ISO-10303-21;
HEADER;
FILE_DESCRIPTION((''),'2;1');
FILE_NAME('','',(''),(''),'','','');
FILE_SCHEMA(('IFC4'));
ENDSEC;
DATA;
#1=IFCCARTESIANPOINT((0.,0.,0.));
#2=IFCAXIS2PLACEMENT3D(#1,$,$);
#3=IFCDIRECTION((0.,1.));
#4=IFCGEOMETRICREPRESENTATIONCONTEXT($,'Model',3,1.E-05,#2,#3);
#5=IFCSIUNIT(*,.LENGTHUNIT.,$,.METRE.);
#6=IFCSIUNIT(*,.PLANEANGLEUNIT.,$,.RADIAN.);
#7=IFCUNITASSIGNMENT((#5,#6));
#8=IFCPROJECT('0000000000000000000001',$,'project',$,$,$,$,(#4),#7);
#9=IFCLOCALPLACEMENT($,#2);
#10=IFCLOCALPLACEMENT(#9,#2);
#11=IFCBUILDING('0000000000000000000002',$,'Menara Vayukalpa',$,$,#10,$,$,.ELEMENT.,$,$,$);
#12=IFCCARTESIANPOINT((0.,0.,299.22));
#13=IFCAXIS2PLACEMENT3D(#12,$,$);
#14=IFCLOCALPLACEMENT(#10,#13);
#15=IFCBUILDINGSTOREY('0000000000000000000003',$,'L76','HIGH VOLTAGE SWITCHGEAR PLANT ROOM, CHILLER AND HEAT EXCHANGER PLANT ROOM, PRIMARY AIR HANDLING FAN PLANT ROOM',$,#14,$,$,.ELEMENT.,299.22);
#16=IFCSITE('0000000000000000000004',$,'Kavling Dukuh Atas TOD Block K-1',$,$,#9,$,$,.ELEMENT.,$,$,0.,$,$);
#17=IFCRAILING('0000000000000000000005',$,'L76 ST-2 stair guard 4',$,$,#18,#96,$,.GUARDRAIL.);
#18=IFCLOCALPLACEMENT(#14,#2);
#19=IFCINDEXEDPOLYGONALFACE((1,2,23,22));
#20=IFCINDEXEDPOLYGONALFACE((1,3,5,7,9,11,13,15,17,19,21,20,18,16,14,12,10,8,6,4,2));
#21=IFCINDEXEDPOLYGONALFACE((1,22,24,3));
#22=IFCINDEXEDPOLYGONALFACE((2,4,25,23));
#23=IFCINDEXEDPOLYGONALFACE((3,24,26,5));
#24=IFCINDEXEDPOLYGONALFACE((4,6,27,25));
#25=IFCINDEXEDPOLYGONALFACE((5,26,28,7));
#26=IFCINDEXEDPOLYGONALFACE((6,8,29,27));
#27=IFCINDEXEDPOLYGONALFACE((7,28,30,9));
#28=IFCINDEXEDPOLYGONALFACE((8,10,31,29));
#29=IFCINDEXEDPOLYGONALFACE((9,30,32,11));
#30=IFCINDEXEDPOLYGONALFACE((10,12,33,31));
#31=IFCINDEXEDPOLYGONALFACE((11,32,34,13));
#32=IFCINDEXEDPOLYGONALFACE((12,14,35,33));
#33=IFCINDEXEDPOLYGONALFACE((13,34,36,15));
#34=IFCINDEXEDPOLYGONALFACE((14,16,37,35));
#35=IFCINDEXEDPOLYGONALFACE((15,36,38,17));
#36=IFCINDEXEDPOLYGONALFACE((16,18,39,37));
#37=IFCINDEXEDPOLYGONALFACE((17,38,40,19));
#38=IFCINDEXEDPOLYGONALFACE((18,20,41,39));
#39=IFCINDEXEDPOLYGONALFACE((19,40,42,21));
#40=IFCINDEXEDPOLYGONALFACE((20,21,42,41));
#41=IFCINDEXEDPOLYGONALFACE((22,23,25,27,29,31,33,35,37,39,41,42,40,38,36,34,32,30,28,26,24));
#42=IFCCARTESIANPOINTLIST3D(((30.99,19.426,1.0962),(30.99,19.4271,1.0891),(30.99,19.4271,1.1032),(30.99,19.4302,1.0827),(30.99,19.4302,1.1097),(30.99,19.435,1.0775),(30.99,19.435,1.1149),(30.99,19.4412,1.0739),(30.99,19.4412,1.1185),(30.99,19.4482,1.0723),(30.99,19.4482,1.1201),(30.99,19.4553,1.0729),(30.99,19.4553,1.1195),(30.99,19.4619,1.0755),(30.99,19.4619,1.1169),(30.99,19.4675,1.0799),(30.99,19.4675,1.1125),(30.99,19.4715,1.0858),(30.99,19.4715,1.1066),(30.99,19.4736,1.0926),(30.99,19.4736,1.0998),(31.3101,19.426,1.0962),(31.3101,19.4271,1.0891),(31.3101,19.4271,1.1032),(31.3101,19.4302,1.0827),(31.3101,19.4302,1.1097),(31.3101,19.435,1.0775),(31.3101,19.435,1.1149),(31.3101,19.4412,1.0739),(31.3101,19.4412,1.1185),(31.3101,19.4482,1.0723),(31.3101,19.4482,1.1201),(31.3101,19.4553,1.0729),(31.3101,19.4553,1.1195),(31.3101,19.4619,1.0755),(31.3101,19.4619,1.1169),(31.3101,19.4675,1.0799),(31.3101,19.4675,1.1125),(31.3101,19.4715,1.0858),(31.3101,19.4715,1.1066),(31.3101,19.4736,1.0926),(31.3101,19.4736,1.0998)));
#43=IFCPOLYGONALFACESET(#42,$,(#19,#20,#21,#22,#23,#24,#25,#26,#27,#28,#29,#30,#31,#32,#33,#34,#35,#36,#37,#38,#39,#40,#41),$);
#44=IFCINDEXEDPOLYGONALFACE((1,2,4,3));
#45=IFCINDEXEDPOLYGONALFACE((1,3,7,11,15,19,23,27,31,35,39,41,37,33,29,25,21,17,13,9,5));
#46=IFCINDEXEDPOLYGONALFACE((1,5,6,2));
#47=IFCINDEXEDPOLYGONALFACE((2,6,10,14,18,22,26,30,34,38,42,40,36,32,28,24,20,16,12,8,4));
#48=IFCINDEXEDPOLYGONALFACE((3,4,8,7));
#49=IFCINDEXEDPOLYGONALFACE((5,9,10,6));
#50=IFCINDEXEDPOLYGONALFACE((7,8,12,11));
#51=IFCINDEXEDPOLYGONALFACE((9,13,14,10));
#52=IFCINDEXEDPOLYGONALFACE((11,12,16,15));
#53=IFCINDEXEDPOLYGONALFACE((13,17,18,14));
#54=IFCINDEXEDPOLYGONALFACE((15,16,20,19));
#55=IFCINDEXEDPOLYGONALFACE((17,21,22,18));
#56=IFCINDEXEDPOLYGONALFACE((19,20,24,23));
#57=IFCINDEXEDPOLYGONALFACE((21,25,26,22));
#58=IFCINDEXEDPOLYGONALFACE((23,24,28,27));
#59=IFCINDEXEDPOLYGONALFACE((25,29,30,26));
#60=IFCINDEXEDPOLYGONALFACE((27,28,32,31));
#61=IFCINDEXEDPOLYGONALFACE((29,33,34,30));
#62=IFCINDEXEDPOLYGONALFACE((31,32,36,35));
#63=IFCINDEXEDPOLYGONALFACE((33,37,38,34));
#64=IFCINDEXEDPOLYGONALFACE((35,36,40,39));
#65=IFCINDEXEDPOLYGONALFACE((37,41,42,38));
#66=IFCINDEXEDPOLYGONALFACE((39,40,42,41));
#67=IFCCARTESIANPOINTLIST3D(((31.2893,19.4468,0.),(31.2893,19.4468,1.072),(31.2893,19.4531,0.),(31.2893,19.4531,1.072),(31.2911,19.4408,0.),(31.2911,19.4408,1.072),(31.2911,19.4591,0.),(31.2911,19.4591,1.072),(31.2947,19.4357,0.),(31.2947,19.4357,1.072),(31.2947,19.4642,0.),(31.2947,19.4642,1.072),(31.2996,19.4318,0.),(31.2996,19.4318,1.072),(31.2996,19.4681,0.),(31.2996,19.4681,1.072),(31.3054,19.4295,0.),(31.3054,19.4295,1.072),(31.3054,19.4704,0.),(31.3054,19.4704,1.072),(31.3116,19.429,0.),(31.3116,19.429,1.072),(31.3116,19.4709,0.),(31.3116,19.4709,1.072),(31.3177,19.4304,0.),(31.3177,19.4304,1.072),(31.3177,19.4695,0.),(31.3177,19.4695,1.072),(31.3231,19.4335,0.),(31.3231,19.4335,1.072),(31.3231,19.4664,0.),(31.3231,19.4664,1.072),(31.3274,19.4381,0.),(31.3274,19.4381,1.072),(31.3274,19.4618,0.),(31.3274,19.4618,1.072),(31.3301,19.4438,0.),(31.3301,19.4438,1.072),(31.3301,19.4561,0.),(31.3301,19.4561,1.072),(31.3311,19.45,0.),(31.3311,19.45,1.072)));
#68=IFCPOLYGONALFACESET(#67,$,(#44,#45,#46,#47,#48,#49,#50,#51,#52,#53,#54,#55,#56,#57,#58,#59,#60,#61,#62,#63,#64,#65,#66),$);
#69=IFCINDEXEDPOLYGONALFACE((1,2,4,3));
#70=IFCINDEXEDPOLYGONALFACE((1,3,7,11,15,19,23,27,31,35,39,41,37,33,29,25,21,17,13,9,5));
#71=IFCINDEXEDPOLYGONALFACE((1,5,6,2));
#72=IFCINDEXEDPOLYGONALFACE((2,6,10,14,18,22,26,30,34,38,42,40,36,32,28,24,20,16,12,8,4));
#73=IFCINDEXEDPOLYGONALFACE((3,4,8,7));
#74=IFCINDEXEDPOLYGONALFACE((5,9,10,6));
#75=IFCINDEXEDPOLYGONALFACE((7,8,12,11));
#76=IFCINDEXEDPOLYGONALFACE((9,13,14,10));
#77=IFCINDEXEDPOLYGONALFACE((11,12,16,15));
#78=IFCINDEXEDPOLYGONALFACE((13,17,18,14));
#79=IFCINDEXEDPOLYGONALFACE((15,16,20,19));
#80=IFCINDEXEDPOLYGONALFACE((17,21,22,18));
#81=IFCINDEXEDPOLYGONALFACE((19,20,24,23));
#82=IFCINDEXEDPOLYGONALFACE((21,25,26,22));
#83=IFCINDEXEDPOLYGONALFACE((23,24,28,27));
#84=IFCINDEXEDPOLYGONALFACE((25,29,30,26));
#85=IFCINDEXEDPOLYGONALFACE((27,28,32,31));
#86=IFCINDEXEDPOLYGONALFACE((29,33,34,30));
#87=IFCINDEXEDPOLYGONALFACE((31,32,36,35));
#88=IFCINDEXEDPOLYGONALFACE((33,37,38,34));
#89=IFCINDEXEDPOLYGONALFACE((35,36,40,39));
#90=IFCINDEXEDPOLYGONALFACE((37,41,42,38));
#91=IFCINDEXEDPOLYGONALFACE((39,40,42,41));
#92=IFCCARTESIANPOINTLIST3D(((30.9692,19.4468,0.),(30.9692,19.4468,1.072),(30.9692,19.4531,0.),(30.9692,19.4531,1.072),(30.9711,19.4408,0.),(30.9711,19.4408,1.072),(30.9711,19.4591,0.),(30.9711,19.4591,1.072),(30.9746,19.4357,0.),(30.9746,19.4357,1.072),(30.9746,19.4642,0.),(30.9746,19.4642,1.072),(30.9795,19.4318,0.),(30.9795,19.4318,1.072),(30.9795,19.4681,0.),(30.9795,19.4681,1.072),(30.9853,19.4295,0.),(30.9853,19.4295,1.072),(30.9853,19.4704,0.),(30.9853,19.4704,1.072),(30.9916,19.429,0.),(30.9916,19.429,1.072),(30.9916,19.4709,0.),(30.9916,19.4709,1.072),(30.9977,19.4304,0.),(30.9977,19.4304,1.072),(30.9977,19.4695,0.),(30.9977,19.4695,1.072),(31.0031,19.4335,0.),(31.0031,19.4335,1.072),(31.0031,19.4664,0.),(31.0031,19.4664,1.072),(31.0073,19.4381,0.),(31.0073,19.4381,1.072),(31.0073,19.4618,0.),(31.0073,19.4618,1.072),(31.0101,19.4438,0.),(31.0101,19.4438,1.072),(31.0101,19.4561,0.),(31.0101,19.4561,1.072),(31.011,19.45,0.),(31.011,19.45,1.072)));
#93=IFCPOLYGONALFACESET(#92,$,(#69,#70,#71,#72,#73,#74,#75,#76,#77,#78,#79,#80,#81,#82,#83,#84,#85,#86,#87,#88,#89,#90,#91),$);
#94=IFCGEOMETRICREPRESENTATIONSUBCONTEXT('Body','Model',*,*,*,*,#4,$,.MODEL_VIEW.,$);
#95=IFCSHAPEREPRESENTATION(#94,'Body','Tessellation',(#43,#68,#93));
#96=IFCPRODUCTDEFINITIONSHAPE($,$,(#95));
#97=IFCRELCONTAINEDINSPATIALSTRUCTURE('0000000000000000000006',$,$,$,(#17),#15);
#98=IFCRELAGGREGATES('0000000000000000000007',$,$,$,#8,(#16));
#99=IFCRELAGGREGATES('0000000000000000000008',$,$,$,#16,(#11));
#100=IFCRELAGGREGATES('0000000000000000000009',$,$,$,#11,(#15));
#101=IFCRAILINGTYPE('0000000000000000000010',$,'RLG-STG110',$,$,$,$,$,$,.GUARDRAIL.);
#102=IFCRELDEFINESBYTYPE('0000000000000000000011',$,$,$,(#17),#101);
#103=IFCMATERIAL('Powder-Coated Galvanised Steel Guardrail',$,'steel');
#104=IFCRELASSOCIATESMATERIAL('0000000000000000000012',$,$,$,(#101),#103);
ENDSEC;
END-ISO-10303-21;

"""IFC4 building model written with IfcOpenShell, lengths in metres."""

from ifc_helpers import new_model, si_unit, direction, frame, origin, origin_2d, place, context, subcontext, project, spatial, circle, extrude, material, type_object, element, save


model = new_model("IFC4")

# Units and contexts
model_context = context("Model", 3, precision=1e-05, world=origin(), true_north=direction((0.0, 1.0)))
body_context = subcontext(model_context, "Body", "Model", "MODEL_VIEW")
ifc_project = project(units=[si_unit("LENGTHUNIT", "METRE"), si_unit("PLANEANGLEUNIT", "RADIAN")], contexts=[model_context])

# Site, building, storey
site_placement = place(None, origin())
site = spatial("IfcSite", under=ifc_project, at=site_placement, Name="Kavling Dukuh Atas TOD Block K-1", CompositionType="ELEMENT", RefElevation=0.0)
building_placement = place(site_placement, origin())
building = spatial("IfcBuilding", under=site, at=building_placement, Name="Menara Vayukalpa", CompositionType="ELEMENT")
storey_placement = place(building_placement, frame((0.0, 0.0, 299.22)))
storey = spatial("IfcBuildingStorey", under=building, at=storey_placement, Name="L76", Description="HIGH VOLTAGE SWITCHGEAR PLANT ROOM, CHILLER AND HEAT EXCHANGER PLANT ROOM, PRIMARY AIR HANDLING FAN PLANT ROOM", CompositionType="ELEMENT", Elevation=299.22)

# Railing
ifc_material_1 = material(Name="Powder-Coated Galvanised Steel Guardrail", Category="steel")
railing_type_1 = type_object("IfcRailingType", Name="RLG-STG110", PredefinedType="GUARDRAIL", material=ifc_material_1)
railing_1_placement = place(storey_placement, frame((31.3101, 19.45, 0.0)))
element("IfcRailing", 1, at=railing_1_placement, inside=storey, type_object=railing_type_1, Name="L76 ST-2 stair guard 4", PredefinedType="GUARDRAIL", context=body_context, shape_type="SweptSolid", body=[
    extrude(circle(Radius=0.0239, at=origin_2d()), frame((0.0, 0.0, 1.0962), z_axis=(-1.0, 0.0, 0.0), x_axis=(0.0, -1.0, 0.0)), (0.0, 0.0, 1.0), 0.3201),
    extrude(circle(Radius=0.021, at=origin_2d()), origin(), (0.0, 0.0, 1.0), 1.072),
    extrude(circle(Radius=0.021, at=origin_2d()), frame((-0.3201, 0.0, 0.0)), (0.0, 0.0, 1.0), 1.072),
])

save(model, "model.ifc")
